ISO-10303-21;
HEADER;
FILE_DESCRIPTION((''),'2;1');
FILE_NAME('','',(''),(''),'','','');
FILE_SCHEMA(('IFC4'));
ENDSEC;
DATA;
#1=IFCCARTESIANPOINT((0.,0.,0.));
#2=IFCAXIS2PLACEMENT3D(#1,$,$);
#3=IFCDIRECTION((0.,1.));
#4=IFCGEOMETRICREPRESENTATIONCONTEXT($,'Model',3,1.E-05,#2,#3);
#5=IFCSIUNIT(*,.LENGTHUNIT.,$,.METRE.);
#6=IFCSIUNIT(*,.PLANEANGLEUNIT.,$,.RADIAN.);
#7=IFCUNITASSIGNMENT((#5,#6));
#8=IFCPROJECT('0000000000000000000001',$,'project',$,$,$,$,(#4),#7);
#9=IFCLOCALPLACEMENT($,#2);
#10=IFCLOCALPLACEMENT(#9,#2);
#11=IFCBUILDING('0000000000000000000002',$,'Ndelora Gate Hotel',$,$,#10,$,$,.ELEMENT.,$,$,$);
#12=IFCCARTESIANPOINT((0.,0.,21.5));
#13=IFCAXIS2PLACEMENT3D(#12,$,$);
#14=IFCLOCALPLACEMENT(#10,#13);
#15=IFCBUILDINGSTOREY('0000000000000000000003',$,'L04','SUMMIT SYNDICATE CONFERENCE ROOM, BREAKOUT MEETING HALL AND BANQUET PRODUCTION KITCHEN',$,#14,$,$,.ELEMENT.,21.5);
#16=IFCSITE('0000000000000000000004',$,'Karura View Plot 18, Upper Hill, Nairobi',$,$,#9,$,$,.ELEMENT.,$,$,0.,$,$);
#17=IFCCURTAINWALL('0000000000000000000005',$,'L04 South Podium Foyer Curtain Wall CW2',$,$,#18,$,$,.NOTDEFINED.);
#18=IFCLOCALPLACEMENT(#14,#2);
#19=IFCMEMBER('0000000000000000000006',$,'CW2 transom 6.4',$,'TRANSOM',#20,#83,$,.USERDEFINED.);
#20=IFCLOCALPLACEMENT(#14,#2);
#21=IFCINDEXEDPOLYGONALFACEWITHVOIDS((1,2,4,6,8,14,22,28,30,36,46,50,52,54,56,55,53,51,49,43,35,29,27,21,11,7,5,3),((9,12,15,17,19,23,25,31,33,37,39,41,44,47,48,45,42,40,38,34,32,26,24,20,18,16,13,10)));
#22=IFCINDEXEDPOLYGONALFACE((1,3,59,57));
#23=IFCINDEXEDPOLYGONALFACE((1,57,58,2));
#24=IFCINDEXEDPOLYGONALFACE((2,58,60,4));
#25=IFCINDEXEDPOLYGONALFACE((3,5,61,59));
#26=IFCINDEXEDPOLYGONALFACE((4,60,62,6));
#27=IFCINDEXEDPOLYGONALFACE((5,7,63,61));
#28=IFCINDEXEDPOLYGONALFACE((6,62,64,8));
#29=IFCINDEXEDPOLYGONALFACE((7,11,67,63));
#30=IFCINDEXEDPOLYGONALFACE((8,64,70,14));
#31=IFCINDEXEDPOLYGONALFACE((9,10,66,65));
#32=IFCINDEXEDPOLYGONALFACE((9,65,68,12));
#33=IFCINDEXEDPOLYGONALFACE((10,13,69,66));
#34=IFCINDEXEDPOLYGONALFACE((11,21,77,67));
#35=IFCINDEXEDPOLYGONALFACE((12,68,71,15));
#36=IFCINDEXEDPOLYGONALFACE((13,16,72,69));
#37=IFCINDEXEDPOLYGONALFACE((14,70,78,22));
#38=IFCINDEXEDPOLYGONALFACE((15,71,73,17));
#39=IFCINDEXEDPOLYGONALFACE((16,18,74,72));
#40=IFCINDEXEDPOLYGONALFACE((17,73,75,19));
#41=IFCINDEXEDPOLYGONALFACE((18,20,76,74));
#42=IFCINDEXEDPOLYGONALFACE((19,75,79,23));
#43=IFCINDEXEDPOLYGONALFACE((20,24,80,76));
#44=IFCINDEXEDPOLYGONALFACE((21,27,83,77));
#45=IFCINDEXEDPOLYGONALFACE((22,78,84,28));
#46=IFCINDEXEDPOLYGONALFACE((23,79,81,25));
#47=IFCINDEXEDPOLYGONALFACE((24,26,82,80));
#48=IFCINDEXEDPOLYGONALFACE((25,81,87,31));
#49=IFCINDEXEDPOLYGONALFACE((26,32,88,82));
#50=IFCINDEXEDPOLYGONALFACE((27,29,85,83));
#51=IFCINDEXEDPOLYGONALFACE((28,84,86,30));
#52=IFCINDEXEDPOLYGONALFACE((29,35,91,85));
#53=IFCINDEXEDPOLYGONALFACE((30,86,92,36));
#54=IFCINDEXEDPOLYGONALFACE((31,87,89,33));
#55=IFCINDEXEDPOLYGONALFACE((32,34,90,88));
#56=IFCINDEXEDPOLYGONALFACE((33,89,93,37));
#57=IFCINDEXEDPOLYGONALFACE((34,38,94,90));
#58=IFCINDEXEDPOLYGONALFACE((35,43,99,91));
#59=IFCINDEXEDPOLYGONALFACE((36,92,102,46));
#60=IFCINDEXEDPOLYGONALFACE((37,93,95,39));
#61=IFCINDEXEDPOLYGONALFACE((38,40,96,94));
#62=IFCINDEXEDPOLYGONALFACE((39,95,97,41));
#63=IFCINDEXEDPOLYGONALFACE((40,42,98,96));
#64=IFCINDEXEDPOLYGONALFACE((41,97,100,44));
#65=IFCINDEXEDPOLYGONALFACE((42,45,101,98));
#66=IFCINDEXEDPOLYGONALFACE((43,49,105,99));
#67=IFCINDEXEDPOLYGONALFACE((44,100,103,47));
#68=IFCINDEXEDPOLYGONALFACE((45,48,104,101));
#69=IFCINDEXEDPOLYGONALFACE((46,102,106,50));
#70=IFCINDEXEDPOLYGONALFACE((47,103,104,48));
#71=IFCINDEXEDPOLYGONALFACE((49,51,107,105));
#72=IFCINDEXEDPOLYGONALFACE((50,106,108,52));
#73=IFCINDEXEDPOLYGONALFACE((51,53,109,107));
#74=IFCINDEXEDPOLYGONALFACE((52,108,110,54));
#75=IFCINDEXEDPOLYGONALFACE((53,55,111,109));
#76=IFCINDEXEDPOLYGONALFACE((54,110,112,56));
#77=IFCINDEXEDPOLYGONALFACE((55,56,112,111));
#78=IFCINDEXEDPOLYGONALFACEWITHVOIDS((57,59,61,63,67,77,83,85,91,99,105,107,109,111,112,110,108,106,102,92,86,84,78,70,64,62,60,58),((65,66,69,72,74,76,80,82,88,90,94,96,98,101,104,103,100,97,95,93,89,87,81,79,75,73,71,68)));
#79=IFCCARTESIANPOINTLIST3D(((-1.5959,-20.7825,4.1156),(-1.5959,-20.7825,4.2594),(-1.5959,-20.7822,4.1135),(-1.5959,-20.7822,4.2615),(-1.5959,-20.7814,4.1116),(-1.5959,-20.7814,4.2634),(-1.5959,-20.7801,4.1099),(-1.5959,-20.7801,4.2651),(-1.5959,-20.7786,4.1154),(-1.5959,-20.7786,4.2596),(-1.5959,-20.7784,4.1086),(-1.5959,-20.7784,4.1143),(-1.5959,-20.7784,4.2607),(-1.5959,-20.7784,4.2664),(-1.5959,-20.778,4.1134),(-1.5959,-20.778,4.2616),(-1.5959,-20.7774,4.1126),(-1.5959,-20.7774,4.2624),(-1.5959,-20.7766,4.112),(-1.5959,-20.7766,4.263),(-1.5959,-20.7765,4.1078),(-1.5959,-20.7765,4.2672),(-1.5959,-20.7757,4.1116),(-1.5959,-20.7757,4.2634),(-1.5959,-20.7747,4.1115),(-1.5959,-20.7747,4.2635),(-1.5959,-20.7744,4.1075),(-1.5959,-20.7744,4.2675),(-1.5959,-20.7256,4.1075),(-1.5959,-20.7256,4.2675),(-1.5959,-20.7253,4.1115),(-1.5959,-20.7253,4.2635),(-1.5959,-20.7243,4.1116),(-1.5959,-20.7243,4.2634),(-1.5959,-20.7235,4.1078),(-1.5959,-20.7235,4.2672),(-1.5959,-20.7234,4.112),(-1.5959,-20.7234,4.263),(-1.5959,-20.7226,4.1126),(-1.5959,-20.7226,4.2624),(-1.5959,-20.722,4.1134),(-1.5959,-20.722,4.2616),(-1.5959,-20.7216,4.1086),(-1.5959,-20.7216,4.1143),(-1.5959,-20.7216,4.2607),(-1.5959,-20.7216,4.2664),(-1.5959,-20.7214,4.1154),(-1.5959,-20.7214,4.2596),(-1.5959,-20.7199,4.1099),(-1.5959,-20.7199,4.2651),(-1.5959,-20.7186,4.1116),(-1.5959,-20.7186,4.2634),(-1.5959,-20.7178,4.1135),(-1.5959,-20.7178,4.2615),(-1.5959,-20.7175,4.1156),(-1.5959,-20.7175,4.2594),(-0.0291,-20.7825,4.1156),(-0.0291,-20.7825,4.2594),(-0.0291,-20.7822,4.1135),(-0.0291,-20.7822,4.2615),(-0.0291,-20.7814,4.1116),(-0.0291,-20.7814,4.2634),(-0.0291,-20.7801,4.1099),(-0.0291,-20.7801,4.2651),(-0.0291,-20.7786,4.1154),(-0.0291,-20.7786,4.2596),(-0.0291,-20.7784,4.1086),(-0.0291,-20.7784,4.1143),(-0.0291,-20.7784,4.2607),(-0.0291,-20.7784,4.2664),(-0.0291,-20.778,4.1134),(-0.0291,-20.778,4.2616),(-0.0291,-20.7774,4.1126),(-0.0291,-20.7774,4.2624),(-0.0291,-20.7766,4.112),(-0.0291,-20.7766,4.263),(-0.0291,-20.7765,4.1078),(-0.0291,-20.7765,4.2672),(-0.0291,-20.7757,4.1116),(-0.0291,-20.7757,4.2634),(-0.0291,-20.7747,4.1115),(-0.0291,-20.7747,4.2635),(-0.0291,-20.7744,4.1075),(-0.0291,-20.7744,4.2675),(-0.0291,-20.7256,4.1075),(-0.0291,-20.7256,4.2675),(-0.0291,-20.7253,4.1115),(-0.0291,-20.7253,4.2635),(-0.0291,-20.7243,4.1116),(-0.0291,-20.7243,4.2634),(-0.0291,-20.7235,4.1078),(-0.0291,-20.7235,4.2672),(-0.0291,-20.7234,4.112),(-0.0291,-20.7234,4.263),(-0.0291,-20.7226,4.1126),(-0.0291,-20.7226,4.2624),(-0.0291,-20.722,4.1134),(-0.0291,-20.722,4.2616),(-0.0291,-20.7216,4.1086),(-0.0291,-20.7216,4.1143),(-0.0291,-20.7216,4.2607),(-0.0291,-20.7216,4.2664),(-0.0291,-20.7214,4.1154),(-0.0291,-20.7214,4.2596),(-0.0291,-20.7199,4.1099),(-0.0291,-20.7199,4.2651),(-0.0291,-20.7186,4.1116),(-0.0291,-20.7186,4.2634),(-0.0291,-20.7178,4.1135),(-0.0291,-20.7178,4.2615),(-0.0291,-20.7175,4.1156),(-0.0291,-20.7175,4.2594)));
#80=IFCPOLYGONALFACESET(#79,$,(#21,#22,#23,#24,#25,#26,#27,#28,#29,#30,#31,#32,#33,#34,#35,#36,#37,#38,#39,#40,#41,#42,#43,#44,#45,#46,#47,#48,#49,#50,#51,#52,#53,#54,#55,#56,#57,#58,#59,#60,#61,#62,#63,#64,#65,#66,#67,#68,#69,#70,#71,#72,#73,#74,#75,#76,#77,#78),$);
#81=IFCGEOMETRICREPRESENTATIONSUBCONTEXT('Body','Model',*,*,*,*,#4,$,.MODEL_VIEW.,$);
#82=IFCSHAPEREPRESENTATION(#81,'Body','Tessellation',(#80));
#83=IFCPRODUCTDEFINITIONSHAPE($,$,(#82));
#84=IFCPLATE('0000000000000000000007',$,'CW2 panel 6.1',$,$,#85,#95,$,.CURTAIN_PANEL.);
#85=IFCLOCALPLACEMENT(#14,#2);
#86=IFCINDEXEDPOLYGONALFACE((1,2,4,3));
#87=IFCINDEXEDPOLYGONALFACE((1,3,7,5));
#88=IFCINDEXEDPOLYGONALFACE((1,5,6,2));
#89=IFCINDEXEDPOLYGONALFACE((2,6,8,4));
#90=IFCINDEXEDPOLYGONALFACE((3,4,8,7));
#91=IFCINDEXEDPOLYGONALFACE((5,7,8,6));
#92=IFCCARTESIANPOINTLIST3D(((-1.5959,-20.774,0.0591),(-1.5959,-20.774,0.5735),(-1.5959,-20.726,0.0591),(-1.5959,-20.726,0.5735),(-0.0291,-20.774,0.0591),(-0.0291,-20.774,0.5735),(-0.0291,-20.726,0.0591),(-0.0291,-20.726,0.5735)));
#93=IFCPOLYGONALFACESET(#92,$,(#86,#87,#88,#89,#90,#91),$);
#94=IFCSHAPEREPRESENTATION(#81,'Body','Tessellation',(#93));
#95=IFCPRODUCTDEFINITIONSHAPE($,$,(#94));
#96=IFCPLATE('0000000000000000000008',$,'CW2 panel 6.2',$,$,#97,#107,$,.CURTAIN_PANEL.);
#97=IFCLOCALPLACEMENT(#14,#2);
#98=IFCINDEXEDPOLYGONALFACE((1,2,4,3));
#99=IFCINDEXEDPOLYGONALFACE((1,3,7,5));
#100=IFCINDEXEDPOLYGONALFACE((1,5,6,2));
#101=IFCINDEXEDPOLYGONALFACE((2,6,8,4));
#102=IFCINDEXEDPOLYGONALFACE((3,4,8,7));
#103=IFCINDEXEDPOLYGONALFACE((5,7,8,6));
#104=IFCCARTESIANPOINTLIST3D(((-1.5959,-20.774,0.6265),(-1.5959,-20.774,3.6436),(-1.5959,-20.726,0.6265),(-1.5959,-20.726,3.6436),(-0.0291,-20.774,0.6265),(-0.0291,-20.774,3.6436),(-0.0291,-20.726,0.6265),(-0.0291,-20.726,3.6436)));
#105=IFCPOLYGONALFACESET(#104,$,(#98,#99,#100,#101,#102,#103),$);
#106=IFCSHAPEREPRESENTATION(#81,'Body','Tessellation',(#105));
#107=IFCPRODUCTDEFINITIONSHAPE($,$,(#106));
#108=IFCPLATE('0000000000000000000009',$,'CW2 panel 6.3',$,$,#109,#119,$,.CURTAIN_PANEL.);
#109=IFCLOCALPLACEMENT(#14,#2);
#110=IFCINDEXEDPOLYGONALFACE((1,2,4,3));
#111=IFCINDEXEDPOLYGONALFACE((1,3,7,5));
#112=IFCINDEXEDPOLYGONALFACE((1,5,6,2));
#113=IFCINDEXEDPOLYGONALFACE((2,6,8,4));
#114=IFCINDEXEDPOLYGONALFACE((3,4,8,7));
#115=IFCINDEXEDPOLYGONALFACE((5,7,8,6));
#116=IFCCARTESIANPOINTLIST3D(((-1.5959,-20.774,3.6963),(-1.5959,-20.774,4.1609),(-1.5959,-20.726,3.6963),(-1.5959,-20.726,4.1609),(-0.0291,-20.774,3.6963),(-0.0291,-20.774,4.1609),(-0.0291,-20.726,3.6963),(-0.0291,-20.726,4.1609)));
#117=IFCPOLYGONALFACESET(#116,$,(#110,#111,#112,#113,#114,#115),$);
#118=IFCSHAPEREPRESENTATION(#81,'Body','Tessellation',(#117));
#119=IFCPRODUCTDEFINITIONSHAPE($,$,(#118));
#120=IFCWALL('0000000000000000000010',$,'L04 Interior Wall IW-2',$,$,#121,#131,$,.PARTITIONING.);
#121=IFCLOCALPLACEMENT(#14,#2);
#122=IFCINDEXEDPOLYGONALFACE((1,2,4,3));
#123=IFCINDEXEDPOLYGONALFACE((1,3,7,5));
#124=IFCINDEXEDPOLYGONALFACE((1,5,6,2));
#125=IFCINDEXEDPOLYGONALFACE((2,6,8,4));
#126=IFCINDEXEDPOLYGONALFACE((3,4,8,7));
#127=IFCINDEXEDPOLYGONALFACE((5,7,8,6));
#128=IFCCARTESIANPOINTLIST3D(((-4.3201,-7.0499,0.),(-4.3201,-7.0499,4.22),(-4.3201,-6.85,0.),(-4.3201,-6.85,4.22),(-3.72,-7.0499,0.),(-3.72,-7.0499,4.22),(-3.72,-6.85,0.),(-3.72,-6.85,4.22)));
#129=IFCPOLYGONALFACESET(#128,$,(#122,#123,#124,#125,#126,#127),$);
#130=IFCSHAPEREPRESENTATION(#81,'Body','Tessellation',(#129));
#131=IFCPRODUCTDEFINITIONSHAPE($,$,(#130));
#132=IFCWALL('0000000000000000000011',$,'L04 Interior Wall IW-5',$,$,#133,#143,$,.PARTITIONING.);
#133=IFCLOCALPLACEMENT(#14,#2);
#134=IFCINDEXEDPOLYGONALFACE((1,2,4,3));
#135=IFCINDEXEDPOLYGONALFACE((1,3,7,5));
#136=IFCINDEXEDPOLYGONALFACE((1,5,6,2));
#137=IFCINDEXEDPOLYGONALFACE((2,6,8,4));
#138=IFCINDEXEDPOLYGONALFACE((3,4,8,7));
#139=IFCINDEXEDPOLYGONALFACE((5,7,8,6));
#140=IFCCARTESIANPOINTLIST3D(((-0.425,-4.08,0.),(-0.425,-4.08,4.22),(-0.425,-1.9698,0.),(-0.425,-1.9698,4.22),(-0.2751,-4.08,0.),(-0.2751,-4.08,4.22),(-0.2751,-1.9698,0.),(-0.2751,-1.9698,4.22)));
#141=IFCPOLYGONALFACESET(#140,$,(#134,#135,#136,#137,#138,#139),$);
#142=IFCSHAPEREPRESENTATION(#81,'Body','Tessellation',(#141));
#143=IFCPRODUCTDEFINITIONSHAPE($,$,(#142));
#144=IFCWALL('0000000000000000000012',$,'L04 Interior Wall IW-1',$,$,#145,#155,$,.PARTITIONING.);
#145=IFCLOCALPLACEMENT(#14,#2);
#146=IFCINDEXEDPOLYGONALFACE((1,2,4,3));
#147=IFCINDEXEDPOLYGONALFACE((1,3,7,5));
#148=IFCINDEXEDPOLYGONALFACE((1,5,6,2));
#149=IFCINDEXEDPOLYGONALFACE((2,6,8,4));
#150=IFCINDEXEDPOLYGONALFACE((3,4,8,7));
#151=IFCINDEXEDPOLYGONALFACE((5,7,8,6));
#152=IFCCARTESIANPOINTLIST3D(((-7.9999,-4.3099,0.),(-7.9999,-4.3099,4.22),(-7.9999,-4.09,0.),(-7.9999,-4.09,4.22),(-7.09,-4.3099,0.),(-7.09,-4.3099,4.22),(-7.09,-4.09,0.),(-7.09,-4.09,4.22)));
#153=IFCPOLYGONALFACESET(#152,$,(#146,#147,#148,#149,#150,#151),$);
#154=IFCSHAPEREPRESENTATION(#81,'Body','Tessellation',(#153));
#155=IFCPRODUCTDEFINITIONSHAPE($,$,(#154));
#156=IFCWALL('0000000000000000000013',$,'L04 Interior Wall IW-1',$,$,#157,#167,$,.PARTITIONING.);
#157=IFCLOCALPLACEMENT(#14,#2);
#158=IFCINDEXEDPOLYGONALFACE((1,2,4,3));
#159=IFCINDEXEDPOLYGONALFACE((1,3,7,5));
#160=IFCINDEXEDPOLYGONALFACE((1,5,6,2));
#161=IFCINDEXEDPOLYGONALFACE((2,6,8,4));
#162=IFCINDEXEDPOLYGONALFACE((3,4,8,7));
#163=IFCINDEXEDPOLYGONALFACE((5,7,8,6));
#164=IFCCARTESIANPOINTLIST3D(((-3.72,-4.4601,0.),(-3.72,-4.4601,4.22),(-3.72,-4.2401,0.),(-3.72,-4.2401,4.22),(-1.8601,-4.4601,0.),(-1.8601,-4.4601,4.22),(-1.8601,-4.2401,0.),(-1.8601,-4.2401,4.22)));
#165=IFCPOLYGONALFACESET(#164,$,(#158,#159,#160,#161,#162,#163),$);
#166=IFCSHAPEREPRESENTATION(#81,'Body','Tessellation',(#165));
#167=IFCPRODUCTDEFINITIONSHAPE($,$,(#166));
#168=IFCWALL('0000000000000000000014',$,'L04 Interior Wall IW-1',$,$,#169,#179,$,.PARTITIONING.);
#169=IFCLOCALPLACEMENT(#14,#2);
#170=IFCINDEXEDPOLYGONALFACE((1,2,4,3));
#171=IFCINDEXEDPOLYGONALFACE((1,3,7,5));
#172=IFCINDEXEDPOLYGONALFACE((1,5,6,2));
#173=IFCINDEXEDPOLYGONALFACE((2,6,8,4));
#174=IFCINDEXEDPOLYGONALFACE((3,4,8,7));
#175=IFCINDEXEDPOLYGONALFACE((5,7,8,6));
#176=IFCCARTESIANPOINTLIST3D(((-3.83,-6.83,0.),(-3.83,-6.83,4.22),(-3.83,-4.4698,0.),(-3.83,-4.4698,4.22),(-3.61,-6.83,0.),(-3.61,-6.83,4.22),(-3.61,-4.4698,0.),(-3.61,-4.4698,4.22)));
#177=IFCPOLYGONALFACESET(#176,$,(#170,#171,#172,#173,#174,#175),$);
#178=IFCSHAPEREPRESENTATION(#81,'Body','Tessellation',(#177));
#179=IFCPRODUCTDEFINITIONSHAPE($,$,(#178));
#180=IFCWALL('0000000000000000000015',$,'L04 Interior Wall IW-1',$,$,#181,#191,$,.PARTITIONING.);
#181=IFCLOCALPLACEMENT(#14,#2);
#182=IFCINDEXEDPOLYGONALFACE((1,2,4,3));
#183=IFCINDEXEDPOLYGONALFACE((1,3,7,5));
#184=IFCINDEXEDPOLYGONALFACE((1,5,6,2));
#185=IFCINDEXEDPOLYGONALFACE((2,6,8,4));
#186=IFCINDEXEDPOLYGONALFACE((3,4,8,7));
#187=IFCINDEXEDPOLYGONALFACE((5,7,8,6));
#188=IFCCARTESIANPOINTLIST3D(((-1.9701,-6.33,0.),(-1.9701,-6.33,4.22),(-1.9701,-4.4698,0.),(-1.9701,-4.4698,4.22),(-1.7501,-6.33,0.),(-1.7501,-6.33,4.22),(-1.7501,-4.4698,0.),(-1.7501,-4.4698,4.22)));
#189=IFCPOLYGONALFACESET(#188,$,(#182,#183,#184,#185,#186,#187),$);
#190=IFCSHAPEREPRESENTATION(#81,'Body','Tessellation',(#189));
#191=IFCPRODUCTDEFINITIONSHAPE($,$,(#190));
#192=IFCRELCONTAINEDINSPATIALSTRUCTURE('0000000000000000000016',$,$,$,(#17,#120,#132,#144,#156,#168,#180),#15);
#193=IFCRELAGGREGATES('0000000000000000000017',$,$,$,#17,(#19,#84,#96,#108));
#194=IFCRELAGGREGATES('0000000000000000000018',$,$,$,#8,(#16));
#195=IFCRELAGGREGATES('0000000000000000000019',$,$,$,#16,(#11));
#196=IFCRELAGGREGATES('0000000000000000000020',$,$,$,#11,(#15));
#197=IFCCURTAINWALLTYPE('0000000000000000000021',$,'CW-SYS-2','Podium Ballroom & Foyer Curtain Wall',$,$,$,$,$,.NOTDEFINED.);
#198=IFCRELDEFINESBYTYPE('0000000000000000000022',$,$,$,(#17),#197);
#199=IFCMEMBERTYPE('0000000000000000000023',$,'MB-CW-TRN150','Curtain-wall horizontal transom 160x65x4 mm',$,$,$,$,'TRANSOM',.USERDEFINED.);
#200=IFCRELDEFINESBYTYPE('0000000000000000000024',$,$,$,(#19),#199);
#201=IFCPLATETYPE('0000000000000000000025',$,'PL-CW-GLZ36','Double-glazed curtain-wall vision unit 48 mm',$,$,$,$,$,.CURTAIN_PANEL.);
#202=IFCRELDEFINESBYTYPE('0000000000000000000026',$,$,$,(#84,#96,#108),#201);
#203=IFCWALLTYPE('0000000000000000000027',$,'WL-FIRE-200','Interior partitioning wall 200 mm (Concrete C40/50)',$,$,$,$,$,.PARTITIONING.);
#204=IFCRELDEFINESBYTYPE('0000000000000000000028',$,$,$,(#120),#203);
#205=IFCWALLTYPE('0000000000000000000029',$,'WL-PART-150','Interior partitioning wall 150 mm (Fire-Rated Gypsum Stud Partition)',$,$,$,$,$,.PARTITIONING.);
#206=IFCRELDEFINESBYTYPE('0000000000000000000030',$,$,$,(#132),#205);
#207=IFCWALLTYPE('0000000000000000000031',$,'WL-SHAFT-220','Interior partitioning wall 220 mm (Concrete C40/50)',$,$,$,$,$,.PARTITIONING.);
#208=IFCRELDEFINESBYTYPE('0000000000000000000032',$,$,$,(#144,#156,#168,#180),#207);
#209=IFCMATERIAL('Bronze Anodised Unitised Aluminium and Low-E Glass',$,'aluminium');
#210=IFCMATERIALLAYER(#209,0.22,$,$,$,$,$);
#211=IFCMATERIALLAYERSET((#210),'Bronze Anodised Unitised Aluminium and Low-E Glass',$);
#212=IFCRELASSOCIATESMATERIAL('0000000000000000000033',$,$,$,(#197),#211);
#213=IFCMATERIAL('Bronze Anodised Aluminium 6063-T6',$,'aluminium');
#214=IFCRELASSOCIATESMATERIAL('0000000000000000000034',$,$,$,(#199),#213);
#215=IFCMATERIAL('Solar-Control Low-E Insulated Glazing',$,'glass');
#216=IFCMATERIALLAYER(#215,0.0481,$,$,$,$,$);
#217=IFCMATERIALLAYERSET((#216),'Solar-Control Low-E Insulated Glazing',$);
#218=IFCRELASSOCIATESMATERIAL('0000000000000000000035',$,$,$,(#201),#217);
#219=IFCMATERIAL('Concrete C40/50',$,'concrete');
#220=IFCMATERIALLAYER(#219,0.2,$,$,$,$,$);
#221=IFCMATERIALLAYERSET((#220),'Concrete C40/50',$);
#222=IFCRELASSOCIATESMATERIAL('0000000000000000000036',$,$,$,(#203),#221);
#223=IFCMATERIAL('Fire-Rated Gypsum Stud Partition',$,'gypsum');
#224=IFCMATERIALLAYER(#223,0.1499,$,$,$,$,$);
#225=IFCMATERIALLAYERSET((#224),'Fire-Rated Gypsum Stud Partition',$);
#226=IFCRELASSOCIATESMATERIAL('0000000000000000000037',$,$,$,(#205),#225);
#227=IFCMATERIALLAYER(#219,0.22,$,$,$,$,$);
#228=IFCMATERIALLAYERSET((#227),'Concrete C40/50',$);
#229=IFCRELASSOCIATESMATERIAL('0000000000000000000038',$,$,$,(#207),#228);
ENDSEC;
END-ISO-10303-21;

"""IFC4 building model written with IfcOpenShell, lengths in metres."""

from ifc_helpers import new_model, si_unit, direction, frame, frame_2d, origin, origin_2d, place, context, subcontext, project, spatial, rectangle, hollow_rectangle, extrude, material, layer, layer_set, material_profile, profile_set, type_object, element, aggregate, save


model = new_model("IFC4")

# Units and contexts
model_context = context("Model", 3, precision=1e-05, world=origin(), true_north=direction((0.0, 1.0)))
body_context = subcontext(model_context, "Body", "Model", "MODEL_VIEW")
ifc_project = project(units=[si_unit("LENGTHUNIT", "METRE"), si_unit("PLANEANGLEUNIT", "RADIAN")], contexts=[model_context])

# Site, building, storey
site_placement = place(None, origin())
site = spatial("IfcSite", under=ifc_project, at=site_placement, Name="Karura View Plot 18, Upper Hill, Nairobi", CompositionType="ELEMENT", RefElevation=0.0)
building_placement = place(site_placement, origin())
building = spatial("IfcBuilding", under=site, at=building_placement, Name="Ndelora Gate Hotel", CompositionType="ELEMENT")
storey_placement = place(building_placement, frame((0.0, 0.0, 21.5)))
storey = spatial("IfcBuildingStorey", under=building, at=storey_placement, Name="L04", Description="SUMMIT SYNDICATE CONFERENCE ROOM, BREAKOUT MEETING HALL AND BANQUET PRODUCTION KITCHEN", CompositionType="ELEMENT", Elevation=21.5)

# Curtain wall, member, plates
ifc_material_1 = material(Name="Bronze Anodised Unitised Aluminium and Low-E Glass", Category="aluminium")
ifc_layer_1 = layer(ifc_material_1, 0.22)
ifc_layer_set_1 = layer_set([ifc_layer_1], Name="Bronze Anodised Unitised Aluminium and Low-E Glass")
curtain_wall_type = type_object("IfcCurtainWallType", Name="CW-SYS-2", Description="Podium Ballroom & Foyer Curtain Wall", PredefinedType="NOTDEFINED", material=ifc_layer_set_1)
curtain_wall_placement = place(storey_placement, origin())
curtain_wall = element("IfcCurtainWall", 1, at=curtain_wall_placement, inside=storey, type_object=curtain_wall_type, Name="L04 South Podium Foyer Curtain Wall CW2", PredefinedType="NOTDEFINED")
ifc_material_2 = material(Name="Bronze Anodised Aluminium 6063-T6", Category="aluminium")
ifc_material_profile_1 = material_profile(ifc_material_2, hollow_rectangle(XDim=0.0649, YDim=0.1599, WallThickness=0.0039, InnerFilletRadius=0.0039, OuterFilletRadius=0.0081, at=origin_2d()), Name="ALU 160x65x4")
ifc_profile_set_1 = profile_set([ifc_material_profile_1], Name="Bronze Anodised Aluminium 6063-T6")
member_type_1 = type_object("IfcMemberType", Name="MB-CW-TRN150", Description="Curtain-wall horizontal transom 160x65x4 mm", ElementType="TRANSOM", PredefinedType="USERDEFINED", material=ifc_profile_set_1)
member_1_placement = place(storey_placement, frame((-1.5959, -20.75, 4.1875), z_axis=(1.0, 0.0, 0.0), x_axis=(0.0, 1.0, 0.0)))
member_1 = element("IfcMember", 2, at=member_1_placement, type_object=member_type_1, Name="CW2 transom 6.4", ObjectType="TRANSOM", PredefinedType="USERDEFINED", context=body_context, shape_type="SweptSolid", body=[
    extrude(hollow_rectangle(XDim=0.0649, YDim=0.1599, WallThickness=0.0039, InnerFilletRadius=0.0039, OuterFilletRadius=0.0081, at=origin_2d()), origin(), (0.0, 0.0, 1.0), 1.5669),
])
ifc_material_3 = material(Name="Solar-Control Low-E Insulated Glazing", Category="glass")
ifc_layer_2 = layer(ifc_material_3, 0.0481)
ifc_layer_set_2 = layer_set([ifc_layer_2], Name="Solar-Control Low-E Insulated Glazing")
plate_type = type_object("IfcPlateType", Name="PL-CW-GLZ36", Description="Double-glazed curtain-wall vision unit 48 mm", PredefinedType="CURTAIN_PANEL", material=ifc_layer_set_2)
plate_1_placement = place(storey_placement, frame((-0.8125, -20.75, 0.0591), z_axis=(0.0, 0.0, 1.0), x_axis=(1.0, 0.0, 0.0)))
plate_1 = element("IfcPlate", 3, at=plate_1_placement, type_object=plate_type, Name="CW2 panel 6.1", PredefinedType="CURTAIN_PANEL", context=body_context, shape_type="SweptSolid", body=[
    extrude(rectangle(XDim=1.5669, YDim=0.0481, at=origin_2d()), origin(), (0.0, 0.0, 1.0), 0.5144),
])
plate_2_placement = place(storey_placement, frame((-0.8125, -20.75, 0.6265), z_axis=(0.0, 0.0, 1.0), x_axis=(1.0, 0.0, 0.0)))
plate_2 = element("IfcPlate", 4, at=plate_2_placement, type_object=plate_type, Name="CW2 panel 6.2", PredefinedType="CURTAIN_PANEL", context=body_context, shape_type="SweptSolid", body=[
    extrude(rectangle(XDim=1.5669, YDim=0.0481, at=origin_2d()), origin(), (0.0, 0.0, 1.0), 3.0171),
])
plate_3_placement = place(storey_placement, frame((-0.8125, -20.75, 3.6963), z_axis=(0.0, 0.0, 1.0), x_axis=(1.0, 0.0, 0.0)))
plate_3 = element("IfcPlate", 5, at=plate_3_placement, type_object=plate_type, Name="CW2 panel 6.3", PredefinedType="CURTAIN_PANEL", context=body_context, shape_type="SweptSolid", body=[
    extrude(rectangle(XDim=1.5669, YDim=0.0481, at=origin_2d()), origin(), (0.0, 0.0, 1.0), 0.4646),
])
aggregate(curtain_wall, [member_1, plate_1, plate_2, plate_3])

# Walls
ifc_material_4 = material(Name="Concrete C40/50", Category="concrete")
ifc_layer_3 = layer(ifc_material_4, 0.2)
ifc_layer_set_3 = layer_set([ifc_layer_3], Name="Concrete C40/50")
wall_type_1 = type_object("IfcWallType", Name="WL-FIRE-200", Description="Interior partitioning wall 200 mm (Concrete C40/50)", PredefinedType="PARTITIONING", material=ifc_layer_set_3)
wall_1_placement = place(storey_placement, frame((-4.3201, -6.95, 0.0), z_axis=(0.0, 0.0, 1.0), x_axis=(1.0, 0.0, 0.0)))
element("IfcWall", 6, at=wall_1_placement, inside=storey, type_object=wall_type_1, Name="L04 Interior Wall IW-2", PredefinedType="PARTITIONING", context=body_context, shape_type="SweptSolid", body=[
    extrude(rectangle(XDim=0.6001, YDim=0.2, at=frame_2d((0.3, 0.0))), origin(), (0.0, 0.0, 1.0), 4.22),
])
ifc_material_5 = material(Name="Fire-Rated Gypsum Stud Partition", Category="gypsum")
ifc_layer_4 = layer(ifc_material_5, 0.1499)
ifc_layer_set_4 = layer_set([ifc_layer_4], Name="Fire-Rated Gypsum Stud Partition")
wall_type_2 = type_object("IfcWallType", Name="WL-PART-150", Description="Interior partitioning wall 150 mm (Fire-Rated Gypsum Stud Partition)", PredefinedType="PARTITIONING", material=ifc_layer_set_4)
wall_2_placement = place(storey_placement, frame((-0.3501, -4.0801, 0.0), z_axis=(0.0, 0.0, 1.0), x_axis=(0.0, 1.0, 0.0)))
element("IfcWall", 7, at=wall_2_placement, inside=storey, type_object=wall_type_2, Name="L04 Interior Wall IW-5", PredefinedType="PARTITIONING", context=body_context, shape_type="SweptSolid", body=[
    extrude(rectangle(XDim=2.1101, YDim=0.1499, at=frame_2d((1.0552, 0.0))), origin(), (0.0, 0.0, 1.0), 4.22),
])
ifc_layer_5 = layer(ifc_material_4, 0.22)
ifc_layer_set_5 = layer_set([ifc_layer_5], Name="Concrete C40/50")
wall_type_3 = type_object("IfcWallType", Name="WL-SHAFT-220", Description="Interior partitioning wall 220 mm (Concrete C40/50)", PredefinedType="PARTITIONING", material=ifc_layer_set_5)
wall_3_placement = place(storey_placement, frame((-8.0, -4.2, 0.0), z_axis=(0.0, 0.0, 1.0), x_axis=(1.0, 0.0, 0.0)))
element("IfcWall", 8, at=wall_3_placement, inside=storey, type_object=wall_type_3, Name="L04 Interior Wall IW-1", PredefinedType="PARTITIONING", context=body_context, shape_type="SweptSolid", body=[
    extrude(rectangle(XDim=0.9099, YDim=0.22, at=frame_2d((0.4551, 0.0))), origin(), (0.0, 0.0, 1.0), 4.22),
])

# Walls
wall_4_placement = place(storey_placement, frame((-3.72, -4.3501, 0.0), z_axis=(0.0, 0.0, 1.0), x_axis=(1.0, 0.0, 0.0)))
element("IfcWall", 9, at=wall_4_placement, inside=storey, type_object=wall_type_3, Name="L04 Interior Wall IW-1", PredefinedType="PARTITIONING", context=body_context, shape_type="SweptSolid", body=[
    extrude(rectangle(XDim=1.8599, YDim=0.22, at=frame_2d((0.9299, 0.0))), origin(), (0.0, 0.0, 1.0), 4.22),
])
wall_5_placement = place(storey_placement, frame((-3.72, -6.8301, 0.0), z_axis=(0.0, 0.0, 1.0), x_axis=(0.0, 1.0, 0.0)))
element("IfcWall", 10, at=wall_5_placement, inside=storey, type_object=wall_type_3, Name="L04 Interior Wall IW-1", PredefinedType="PARTITIONING", context=body_context, shape_type="SweptSolid", body=[
    extrude(rectangle(XDim=2.3601, YDim=0.22, at=frame_2d((1.1802, 0.0))), origin(), (0.0, 0.0, 1.0), 4.22),
])
wall_6_placement = place(storey_placement, frame((-1.8601, -6.3301, 0.0), z_axis=(0.0, 0.0, 1.0), x_axis=(0.0, 1.0, 0.0)))
element("IfcWall", 11, at=wall_6_placement, inside=storey, type_object=wall_type_3, Name="L04 Interior Wall IW-1", PredefinedType="PARTITIONING", context=body_context, shape_type="SweptSolid", body=[
    extrude(rectangle(XDim=1.8601, YDim=0.22, at=frame_2d((0.9302, 0.0))), origin(), (0.0, 0.0, 1.0), 4.22),
])

save(model, "model.ifc")
